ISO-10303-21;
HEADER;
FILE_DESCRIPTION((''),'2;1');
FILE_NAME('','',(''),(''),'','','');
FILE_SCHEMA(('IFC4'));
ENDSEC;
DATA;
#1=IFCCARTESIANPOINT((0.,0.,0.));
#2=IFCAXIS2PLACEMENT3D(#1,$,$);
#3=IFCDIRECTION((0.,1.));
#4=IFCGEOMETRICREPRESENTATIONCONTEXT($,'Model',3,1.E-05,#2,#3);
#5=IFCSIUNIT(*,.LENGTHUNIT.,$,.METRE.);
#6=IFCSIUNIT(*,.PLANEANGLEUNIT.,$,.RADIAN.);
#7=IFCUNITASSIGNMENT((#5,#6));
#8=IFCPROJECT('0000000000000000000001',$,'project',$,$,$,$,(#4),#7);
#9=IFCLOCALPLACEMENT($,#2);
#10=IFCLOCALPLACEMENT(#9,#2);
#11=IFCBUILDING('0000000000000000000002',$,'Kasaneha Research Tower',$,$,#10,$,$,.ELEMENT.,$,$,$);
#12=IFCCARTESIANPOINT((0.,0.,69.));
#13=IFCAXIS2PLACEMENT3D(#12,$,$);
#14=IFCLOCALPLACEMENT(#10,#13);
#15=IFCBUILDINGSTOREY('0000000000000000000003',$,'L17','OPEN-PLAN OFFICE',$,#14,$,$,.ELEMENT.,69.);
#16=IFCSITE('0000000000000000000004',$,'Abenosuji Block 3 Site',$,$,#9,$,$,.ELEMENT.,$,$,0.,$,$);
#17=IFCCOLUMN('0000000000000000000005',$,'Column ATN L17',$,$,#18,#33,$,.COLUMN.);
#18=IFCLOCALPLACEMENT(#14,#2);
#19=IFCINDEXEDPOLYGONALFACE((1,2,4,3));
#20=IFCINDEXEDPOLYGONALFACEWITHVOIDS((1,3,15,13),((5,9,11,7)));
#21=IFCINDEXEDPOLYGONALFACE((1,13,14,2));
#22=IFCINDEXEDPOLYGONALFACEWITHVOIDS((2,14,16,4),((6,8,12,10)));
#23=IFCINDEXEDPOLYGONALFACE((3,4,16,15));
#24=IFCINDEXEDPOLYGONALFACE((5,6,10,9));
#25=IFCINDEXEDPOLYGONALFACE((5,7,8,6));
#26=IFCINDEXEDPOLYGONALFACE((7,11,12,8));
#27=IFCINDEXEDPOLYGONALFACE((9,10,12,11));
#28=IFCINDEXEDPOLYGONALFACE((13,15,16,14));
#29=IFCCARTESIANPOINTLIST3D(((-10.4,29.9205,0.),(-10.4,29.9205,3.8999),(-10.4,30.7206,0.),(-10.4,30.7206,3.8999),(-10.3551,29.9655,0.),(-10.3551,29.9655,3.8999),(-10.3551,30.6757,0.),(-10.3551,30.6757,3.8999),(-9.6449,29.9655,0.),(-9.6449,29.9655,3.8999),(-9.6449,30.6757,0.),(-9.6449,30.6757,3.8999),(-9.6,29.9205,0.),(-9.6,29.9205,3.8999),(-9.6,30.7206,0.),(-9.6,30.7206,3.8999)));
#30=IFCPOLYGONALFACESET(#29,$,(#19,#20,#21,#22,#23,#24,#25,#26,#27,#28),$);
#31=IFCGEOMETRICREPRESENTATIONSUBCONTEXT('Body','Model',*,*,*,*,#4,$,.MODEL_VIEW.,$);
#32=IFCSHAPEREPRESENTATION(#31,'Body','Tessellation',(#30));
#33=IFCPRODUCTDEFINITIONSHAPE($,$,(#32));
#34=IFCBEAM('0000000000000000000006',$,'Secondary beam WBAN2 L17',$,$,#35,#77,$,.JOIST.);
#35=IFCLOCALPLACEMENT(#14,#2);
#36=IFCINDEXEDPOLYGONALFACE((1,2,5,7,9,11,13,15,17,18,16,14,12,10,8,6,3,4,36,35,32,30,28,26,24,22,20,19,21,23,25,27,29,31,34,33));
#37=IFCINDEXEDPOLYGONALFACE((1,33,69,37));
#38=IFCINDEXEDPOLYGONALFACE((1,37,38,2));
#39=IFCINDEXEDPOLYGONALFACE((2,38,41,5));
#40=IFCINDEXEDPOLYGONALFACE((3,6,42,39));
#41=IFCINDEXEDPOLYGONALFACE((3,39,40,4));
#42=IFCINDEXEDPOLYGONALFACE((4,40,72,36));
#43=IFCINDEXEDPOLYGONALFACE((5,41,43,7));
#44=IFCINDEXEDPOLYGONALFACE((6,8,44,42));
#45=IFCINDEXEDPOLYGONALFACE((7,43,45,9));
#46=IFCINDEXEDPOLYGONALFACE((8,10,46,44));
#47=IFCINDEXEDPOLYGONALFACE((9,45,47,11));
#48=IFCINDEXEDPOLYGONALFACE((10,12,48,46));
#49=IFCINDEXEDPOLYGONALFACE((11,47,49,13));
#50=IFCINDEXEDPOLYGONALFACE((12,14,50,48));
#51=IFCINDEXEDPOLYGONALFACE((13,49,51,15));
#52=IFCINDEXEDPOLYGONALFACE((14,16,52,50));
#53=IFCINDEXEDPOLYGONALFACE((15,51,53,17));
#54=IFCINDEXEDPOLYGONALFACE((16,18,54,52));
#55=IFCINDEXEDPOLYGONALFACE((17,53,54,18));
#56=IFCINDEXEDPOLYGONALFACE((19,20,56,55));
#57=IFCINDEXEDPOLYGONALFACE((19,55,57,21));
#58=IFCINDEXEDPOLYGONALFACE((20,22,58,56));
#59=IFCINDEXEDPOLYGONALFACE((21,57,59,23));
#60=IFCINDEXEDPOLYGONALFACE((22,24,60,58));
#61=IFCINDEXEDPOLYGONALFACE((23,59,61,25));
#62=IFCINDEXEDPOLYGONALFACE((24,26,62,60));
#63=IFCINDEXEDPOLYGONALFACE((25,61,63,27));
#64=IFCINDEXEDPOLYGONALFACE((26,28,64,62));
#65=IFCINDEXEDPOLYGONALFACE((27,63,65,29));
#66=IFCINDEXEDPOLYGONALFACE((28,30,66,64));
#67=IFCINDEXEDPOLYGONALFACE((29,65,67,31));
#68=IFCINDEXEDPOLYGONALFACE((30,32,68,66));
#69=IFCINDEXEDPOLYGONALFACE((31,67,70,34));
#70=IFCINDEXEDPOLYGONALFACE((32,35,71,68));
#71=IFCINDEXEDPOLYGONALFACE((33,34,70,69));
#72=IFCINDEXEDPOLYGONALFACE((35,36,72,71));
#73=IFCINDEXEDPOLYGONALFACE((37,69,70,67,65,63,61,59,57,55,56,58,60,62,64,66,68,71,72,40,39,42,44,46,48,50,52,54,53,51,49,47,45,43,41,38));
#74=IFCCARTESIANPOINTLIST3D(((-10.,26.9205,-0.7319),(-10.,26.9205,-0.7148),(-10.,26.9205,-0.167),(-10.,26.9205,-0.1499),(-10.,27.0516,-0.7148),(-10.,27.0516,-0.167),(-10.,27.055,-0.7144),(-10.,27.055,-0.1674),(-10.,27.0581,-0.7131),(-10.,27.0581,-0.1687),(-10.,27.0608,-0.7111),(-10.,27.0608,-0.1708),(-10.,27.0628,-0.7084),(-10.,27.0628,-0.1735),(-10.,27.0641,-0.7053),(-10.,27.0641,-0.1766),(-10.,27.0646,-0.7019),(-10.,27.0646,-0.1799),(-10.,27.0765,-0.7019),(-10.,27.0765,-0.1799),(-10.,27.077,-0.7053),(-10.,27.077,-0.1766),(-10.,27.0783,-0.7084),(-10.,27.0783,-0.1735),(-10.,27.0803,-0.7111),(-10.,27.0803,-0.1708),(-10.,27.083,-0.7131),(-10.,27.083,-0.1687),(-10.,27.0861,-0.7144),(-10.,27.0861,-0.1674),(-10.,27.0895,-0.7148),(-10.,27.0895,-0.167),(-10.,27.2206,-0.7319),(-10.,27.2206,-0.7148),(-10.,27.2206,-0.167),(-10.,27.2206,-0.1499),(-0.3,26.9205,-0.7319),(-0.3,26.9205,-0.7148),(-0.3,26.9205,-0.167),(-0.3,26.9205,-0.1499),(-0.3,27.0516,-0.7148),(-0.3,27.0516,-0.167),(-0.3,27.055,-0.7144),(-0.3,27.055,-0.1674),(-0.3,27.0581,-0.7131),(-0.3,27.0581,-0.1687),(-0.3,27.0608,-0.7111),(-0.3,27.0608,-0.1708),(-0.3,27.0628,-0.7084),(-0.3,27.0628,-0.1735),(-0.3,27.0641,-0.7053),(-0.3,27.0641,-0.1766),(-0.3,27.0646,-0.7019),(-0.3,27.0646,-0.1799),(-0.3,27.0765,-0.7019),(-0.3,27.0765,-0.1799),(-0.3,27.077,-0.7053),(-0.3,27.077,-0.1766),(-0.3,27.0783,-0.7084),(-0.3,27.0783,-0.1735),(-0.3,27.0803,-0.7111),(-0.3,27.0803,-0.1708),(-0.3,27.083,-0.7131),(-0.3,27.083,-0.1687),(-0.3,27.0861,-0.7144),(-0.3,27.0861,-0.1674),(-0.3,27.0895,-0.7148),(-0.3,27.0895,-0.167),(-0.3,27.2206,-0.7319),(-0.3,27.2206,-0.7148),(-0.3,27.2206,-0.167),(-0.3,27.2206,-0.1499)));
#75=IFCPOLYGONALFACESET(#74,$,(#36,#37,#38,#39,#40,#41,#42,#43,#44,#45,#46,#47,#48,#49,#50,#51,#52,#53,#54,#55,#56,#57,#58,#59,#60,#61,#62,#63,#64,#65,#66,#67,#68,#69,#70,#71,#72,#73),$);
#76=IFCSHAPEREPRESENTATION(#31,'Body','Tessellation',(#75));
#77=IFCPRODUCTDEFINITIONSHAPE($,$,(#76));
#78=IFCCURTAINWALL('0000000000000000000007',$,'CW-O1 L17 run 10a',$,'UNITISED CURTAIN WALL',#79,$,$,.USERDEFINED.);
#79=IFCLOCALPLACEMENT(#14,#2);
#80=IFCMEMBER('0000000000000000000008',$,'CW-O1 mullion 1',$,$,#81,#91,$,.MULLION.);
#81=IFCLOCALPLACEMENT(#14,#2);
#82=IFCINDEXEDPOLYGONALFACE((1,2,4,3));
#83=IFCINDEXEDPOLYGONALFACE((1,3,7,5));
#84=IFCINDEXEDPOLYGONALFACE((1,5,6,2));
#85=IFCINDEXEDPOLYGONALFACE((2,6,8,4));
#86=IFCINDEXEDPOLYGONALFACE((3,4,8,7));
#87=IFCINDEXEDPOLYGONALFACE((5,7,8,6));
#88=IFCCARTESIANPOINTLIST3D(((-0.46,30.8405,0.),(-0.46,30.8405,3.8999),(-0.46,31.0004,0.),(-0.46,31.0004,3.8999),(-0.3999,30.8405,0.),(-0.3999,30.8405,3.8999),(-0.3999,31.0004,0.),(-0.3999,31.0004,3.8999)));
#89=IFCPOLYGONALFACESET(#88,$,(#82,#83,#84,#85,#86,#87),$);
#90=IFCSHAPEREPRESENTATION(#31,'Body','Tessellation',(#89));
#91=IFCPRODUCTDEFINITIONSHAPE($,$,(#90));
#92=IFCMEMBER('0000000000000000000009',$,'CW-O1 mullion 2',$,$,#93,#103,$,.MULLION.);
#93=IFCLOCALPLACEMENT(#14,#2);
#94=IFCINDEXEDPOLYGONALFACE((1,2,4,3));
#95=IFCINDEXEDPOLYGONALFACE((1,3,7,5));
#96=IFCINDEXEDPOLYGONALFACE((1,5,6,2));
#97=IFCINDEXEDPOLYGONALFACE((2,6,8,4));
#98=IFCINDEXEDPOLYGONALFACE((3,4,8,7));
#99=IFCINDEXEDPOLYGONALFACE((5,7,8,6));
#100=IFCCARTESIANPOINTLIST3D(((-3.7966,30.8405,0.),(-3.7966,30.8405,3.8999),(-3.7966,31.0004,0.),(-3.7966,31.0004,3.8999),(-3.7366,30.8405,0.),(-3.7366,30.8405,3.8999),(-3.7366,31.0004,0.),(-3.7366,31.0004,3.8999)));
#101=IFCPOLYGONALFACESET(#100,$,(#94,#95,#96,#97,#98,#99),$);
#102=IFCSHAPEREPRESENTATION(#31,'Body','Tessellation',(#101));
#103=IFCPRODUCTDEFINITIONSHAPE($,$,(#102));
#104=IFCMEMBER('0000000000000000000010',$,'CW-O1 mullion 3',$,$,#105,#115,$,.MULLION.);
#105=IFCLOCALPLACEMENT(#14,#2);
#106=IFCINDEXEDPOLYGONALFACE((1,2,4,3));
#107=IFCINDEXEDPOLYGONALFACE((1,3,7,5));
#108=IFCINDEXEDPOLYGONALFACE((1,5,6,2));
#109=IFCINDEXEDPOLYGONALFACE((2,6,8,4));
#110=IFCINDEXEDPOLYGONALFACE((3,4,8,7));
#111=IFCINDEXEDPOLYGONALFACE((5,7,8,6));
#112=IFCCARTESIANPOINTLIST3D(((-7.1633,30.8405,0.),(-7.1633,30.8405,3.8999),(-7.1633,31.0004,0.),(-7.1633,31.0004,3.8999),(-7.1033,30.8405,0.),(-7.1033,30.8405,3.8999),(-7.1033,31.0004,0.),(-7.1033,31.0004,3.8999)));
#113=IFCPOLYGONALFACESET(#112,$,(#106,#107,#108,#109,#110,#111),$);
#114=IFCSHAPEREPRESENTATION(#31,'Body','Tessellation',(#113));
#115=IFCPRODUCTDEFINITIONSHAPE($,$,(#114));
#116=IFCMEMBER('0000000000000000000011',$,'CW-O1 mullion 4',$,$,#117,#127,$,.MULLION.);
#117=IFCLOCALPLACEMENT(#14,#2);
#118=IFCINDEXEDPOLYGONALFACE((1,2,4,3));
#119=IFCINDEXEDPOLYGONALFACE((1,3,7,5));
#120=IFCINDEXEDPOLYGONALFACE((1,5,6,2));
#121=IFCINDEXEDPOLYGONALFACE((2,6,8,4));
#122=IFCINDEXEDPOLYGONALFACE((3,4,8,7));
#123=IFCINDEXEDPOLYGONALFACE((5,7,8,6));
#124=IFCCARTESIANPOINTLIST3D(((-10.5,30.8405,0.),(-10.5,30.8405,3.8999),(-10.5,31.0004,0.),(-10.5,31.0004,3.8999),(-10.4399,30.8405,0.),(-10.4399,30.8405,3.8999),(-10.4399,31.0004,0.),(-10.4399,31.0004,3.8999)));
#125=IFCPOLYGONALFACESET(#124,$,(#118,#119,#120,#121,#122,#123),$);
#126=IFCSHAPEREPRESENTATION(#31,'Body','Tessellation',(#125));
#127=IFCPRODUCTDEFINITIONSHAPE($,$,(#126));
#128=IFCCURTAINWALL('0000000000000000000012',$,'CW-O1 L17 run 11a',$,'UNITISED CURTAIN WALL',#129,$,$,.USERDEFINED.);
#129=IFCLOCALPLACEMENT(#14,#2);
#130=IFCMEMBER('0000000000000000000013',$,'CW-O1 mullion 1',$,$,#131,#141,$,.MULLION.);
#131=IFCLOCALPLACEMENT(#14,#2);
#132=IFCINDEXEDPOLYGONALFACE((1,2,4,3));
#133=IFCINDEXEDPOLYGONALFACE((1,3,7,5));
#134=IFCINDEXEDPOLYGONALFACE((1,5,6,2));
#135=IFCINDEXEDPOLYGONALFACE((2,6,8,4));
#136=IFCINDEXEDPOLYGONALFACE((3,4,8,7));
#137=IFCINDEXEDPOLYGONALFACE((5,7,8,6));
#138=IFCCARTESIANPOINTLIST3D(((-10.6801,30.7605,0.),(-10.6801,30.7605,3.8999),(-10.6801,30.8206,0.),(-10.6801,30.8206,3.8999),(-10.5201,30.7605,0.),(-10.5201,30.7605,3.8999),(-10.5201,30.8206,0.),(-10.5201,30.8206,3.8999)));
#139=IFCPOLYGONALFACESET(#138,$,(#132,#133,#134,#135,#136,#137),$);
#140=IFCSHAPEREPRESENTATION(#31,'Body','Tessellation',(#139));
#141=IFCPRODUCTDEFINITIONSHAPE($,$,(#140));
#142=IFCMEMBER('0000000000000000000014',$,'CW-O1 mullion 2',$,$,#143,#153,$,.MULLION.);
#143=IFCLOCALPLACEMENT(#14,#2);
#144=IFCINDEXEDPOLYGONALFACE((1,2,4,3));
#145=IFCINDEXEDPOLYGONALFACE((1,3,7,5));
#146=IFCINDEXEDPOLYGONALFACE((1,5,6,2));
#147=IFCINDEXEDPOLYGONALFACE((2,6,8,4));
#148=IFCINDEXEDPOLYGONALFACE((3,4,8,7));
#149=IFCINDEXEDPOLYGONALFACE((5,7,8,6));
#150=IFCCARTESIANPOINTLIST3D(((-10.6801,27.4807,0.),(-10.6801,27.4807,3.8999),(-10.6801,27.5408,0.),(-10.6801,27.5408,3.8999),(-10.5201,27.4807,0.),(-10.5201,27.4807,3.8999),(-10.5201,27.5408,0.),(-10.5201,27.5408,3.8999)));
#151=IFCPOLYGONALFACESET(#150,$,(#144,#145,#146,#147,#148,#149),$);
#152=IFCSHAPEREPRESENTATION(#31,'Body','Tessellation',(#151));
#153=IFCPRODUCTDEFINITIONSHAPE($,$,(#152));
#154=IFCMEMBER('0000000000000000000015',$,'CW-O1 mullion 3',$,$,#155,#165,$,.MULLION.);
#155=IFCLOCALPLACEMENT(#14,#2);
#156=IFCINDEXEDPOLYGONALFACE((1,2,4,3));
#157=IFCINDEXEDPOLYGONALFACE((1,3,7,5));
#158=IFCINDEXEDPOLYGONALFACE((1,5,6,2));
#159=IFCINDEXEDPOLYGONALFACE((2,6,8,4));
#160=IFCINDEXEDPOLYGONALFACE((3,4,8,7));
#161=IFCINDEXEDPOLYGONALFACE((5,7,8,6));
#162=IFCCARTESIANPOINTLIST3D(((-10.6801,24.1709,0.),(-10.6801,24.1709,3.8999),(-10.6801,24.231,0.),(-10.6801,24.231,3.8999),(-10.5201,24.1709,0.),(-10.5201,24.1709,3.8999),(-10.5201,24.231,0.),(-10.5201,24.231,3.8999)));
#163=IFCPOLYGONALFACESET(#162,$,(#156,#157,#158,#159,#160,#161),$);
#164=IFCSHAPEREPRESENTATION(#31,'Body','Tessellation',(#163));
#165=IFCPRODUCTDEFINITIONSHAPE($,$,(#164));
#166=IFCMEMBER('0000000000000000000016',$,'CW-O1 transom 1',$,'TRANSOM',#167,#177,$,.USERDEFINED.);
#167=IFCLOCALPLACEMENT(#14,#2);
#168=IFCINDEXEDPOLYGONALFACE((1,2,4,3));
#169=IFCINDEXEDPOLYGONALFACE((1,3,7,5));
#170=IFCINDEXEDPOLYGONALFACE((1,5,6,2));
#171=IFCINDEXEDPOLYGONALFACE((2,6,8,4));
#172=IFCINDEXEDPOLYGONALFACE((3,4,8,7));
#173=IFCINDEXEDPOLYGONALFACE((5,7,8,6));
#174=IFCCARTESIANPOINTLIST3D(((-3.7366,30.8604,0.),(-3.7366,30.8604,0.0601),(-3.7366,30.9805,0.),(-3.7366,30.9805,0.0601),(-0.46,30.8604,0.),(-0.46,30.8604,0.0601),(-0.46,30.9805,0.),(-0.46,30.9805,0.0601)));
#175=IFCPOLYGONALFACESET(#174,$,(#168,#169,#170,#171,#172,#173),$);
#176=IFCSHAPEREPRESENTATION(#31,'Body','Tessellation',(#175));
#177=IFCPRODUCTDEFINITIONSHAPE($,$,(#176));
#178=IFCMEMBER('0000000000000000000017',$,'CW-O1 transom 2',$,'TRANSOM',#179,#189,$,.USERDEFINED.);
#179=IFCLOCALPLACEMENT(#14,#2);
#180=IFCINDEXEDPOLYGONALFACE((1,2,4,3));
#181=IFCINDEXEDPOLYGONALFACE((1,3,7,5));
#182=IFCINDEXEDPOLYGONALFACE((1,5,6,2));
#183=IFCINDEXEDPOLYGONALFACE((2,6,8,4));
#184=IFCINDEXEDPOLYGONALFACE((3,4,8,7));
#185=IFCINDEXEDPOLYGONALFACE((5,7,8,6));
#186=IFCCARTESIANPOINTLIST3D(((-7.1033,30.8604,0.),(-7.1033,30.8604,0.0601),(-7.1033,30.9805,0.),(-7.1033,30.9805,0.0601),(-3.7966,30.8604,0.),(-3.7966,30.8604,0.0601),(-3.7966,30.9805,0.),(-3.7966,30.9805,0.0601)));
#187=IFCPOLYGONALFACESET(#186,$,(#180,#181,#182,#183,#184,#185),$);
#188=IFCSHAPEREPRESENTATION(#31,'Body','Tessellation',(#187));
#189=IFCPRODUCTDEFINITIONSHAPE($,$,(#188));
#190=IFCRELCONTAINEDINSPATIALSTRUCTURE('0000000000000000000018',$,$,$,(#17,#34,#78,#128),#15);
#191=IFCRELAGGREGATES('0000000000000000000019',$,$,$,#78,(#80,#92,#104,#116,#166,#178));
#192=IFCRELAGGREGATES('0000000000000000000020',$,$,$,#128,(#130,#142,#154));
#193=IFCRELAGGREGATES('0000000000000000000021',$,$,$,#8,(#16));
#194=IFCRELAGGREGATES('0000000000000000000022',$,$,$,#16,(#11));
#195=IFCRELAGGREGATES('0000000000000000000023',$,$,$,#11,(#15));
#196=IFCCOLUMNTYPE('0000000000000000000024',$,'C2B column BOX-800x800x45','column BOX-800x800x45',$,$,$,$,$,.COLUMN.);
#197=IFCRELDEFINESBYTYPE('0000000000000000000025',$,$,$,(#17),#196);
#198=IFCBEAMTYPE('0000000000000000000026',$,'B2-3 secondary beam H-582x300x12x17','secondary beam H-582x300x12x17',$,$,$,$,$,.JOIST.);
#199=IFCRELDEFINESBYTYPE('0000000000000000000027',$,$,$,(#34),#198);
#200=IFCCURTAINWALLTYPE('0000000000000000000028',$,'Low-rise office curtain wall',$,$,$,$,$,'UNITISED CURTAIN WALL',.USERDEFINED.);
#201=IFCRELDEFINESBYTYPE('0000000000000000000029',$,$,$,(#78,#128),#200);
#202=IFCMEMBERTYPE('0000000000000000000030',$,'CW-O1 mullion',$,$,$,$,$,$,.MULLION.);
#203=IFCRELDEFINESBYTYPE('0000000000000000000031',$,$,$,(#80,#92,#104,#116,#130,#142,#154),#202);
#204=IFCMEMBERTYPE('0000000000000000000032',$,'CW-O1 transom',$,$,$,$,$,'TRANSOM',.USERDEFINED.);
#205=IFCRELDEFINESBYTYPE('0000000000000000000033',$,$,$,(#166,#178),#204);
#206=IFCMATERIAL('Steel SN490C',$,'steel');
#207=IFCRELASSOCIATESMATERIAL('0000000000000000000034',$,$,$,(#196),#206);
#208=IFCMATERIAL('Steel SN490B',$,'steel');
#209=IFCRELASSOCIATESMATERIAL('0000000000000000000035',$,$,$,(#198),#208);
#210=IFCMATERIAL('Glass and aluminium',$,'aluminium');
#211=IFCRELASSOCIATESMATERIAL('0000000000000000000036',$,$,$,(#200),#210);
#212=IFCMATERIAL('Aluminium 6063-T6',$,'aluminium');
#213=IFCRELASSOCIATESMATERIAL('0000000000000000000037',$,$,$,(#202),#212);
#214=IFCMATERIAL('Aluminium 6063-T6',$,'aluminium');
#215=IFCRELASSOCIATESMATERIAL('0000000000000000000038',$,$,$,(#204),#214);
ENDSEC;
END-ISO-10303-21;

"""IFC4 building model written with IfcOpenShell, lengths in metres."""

from ifc_helpers import new_model, si_unit, direction, frame, origin, origin_2d, place, context, subcontext, project, spatial, rectangle, hollow_rectangle, i_section, extrude, material, material_profile, profile_set, type_object, element, aggregate, save


model = new_model("IFC4")

# Units and contexts
model_context = context("Model", 3, precision=1e-05, world=origin(), true_north=direction((0.0, 1.0)))
body_context = subcontext(model_context, "Body", "Model", "MODEL_VIEW")
ifc_project = project(units=[si_unit("LENGTHUNIT", "METRE"), si_unit("PLANEANGLEUNIT", "RADIAN")], contexts=[model_context])

# Site, building, storey
site_placement = place(None, origin())
site = spatial("IfcSite", under=ifc_project, at=site_placement, Name="Abenosuji Block 3 Site", CompositionType="ELEMENT", RefElevation=0.0)
building_placement = place(site_placement, origin())
building = spatial("IfcBuilding", under=site, at=building_placement, Name="Kasaneha Research Tower", CompositionType="ELEMENT")
storey_placement = place(building_placement, frame((0.0, 0.0, 69.0)))
storey = spatial("IfcBuildingStorey", under=building, at=storey_placement, Name="L17", Description="OPEN-PLAN OFFICE", CompositionType="ELEMENT", Elevation=69.0)

# Column
ifc_material_1 = material(Name="Steel SN490C", Category="steel")
ifc_material_profile_1 = material_profile(ifc_material_1, hollow_rectangle(XDim=0.8, YDim=0.8, WallThickness=0.0449, at=origin_2d()), Name="BOX-800x800x45")
ifc_profile_set_1 = profile_set([ifc_material_profile_1], Name="Steel SN490C")
column_type = type_object("IfcColumnType", Name="C2B column BOX-800x800x45", Description="column BOX-800x800x45", PredefinedType="COLUMN", material=ifc_profile_set_1)
column_placement = place(storey_placement, frame((-10.0, 30.3206, 0.0), z_axis=(0.0, 0.0, 1.0), x_axis=(1.0, 0.0, 0.0)))
element("IfcColumn", 1, at=column_placement, inside=storey, type_object=column_type, Name="Column ATN L17", PredefinedType="COLUMN", context=body_context, shape_type="SweptSolid", body=[
    extrude(hollow_rectangle(XDim=0.8, YDim=0.8, WallThickness=0.0449, at=origin_2d()), origin(), (0.0, 0.0, 1.0), 3.8999),
])

# Beam
ifc_material_2 = material(Name="Steel SN490B", Category="steel")
ifc_material_profile_2 = material_profile(ifc_material_2, i_section(OverallWidth=0.3, OverallDepth=0.582, WebThickness=0.012, FlangeThickness=0.0171, FilletRadius=0.0129, at=origin_2d()), Name="H-582x300x12x17")
ifc_profile_set_2 = profile_set([ifc_material_profile_2], Name="Steel SN490B")
beam_type_1 = type_object("IfcBeamType", Name="B2-3 secondary beam H-582x300x12x17", Description="secondary beam H-582x300x12x17", PredefinedType="JOIST", material=ifc_profile_set_2)
beam_1_placement = place(storey_placement, frame((-10.0, 27.0706, -0.4409), z_axis=(1.0, 0.0, 0.0), x_axis=(0.0, 1.0, 0.0)))
element("IfcBeam", 2, at=beam_1_placement, inside=storey, type_object=beam_type_1, Name="Secondary beam WBAN2 L17", PredefinedType="JOIST", context=body_context, shape_type="SweptSolid", body=[
    extrude(i_section(OverallWidth=0.3, OverallDepth=0.582, WebThickness=0.012, FlangeThickness=0.0171, FilletRadius=0.0129, at=origin_2d()), origin(), (0.0, 0.0, 1.0), 9.7),
])

# Curtain walls, members
ifc_material_3 = material(Name="Glass and aluminium", Category="aluminium")
curtain_wall_type = type_object("IfcCurtainWallType", Name="Low-rise office curtain wall", ElementType="UNITISED CURTAIN WALL", PredefinedType="USERDEFINED", material=ifc_material_3)
curtain_wall_1_placement = place(storey_placement, origin())
curtain_wall_1 = element("IfcCurtainWall", 3, at=curtain_wall_1_placement, inside=storey, type_object=curtain_wall_type, Name="CW-O1 L17 run 10a", ObjectType="UNITISED CURTAIN WALL", PredefinedType="USERDEFINED")
ifc_material_4 = material(Name="Aluminium 6063-T6", Category="aluminium")
ifc_material_profile_3 = material_profile(ifc_material_4, rectangle(XDim=0.0601, YDim=0.1599, at=origin_2d()), Name="CW-O1 mullion 60x160")
ifc_profile_set_3 = profile_set([ifc_material_profile_3], Name="Aluminium 6063-T6")
member_type_1 = type_object("IfcMemberType", Name="CW-O1 mullion", PredefinedType="MULLION", material=ifc_profile_set_3)
member_1_placement = place(storey_placement, frame((-0.4299, 30.9204, 0.0), z_axis=(0.0, 0.0, 1.0), x_axis=(-1.0, 0.0, 0.0)))
member_1 = element("IfcMember", 4, at=member_1_placement, type_object=member_type_1, Name="CW-O1 mullion 1", PredefinedType="MULLION", context=body_context, shape_type="SweptSolid", body=[
    extrude(rectangle(XDim=0.0601, YDim=0.1599, at=origin_2d()), origin(), (0.0, 0.0, 1.0), 3.8999),
])
member_2_placement = place(storey_placement, frame((-3.7666, 30.9204, 0.0), z_axis=(0.0, 0.0, 1.0), x_axis=(-1.0, 0.0, 0.0)))
member_2 = element("IfcMember", 5, at=member_2_placement, type_object=member_type_1, Name="CW-O1 mullion 2", PredefinedType="MULLION", context=body_context, shape_type="SweptSolid", body=[
    extrude(rectangle(XDim=0.0601, YDim=0.1599, at=origin_2d()), origin(), (0.0, 0.0, 1.0), 3.8999),
])
member_3_placement = place(storey_placement, frame((-7.1333, 30.9204, 0.0), z_axis=(0.0, 0.0, 1.0), x_axis=(-1.0, 0.0, 0.0)))
member_3 = element("IfcMember", 6, at=member_3_placement, type_object=member_type_1, Name="CW-O1 mullion 3", PredefinedType="MULLION", context=body_context, shape_type="SweptSolid", body=[
    extrude(rectangle(XDim=0.0601, YDim=0.1599, at=origin_2d()), origin(), (0.0, 0.0, 1.0), 3.8999),
])
member_4_placement = place(storey_placement, frame((-10.47, 30.9204, 0.0), z_axis=(0.0, 0.0, 1.0), x_axis=(-1.0, 0.0, 0.0)))
member_4 = element("IfcMember", 7, at=member_4_placement, type_object=member_type_1, Name="CW-O1 mullion 4", PredefinedType="MULLION", context=body_context, shape_type="SweptSolid", body=[
    extrude(rectangle(XDim=0.0601, YDim=0.1599, at=origin_2d()), origin(), (0.0, 0.0, 1.0), 3.8999),
])
curtain_wall_2_placement = place(storey_placement, origin())
curtain_wall_2 = element("IfcCurtainWall", 8, at=curtain_wall_2_placement, inside=storey, type_object=curtain_wall_type, Name="CW-O1 L17 run 11a", ObjectType="UNITISED CURTAIN WALL", PredefinedType="USERDEFINED")
member_5_placement = place(storey_placement, frame((-10.6001, 30.7905, 0.0), z_axis=(0.0, 0.0, 1.0), x_axis=(0.0, -1.0, 0.0)))
member_5 = element("IfcMember", 9, at=member_5_placement, type_object=member_type_1, Name="CW-O1 mullion 1", PredefinedType="MULLION", context=body_context, shape_type="SweptSolid", body=[
    extrude(rectangle(XDim=0.0601, YDim=0.1599, at=origin_2d()), origin(), (0.0, 0.0, 1.0), 3.8999),
])
member_6_placement = place(storey_placement, frame((-10.6001, 27.5107, 0.0), z_axis=(0.0, 0.0, 1.0), x_axis=(0.0, -1.0, 0.0)))
member_6 = element("IfcMember", 10, at=member_6_placement, type_object=member_type_1, Name="CW-O1 mullion 2", PredefinedType="MULLION", context=body_context, shape_type="SweptSolid", body=[
    extrude(rectangle(XDim=0.0601, YDim=0.1599, at=origin_2d()), origin(), (0.0, 0.0, 1.0), 3.8999),
])
member_7_placement = place(storey_placement, frame((-10.6001, 24.2009, 0.0), z_axis=(0.0, 0.0, 1.0), x_axis=(0.0, -1.0, 0.0)))
member_7 = element("IfcMember", 11, at=member_7_placement, type_object=member_type_1, Name="CW-O1 mullion 3", PredefinedType="MULLION", context=body_context, shape_type="SweptSolid", body=[
    extrude(rectangle(XDim=0.0601, YDim=0.1599, at=origin_2d()), origin(), (0.0, 0.0, 1.0), 3.8999),
])

# Members
ifc_material_5 = material(Name="Aluminium 6063-T6", Category="aluminium")
ifc_material_profile_4 = material_profile(ifc_material_5, rectangle(XDim=0.1201, YDim=0.0601, at=origin_2d()), Name="CW-O1 transom 120x60")
ifc_profile_set_4 = profile_set([ifc_material_profile_4], Name="Aluminium 6063-T6")
member_type_2 = type_object("IfcMemberType", Name="CW-O1 transom", ElementType="TRANSOM", PredefinedType="USERDEFINED", material=ifc_profile_set_4)
member_8_placement = place(storey_placement, frame((-0.46, 30.9204, 0.03), z_axis=(-1.0, 0.0, 0.0), x_axis=(0.0, -1.0, 0.0)))
member_8 = element("IfcMember", 12, at=member_8_placement, type_object=member_type_2, Name="CW-O1 transom 1", ObjectType="TRANSOM", PredefinedType="USERDEFINED", context=body_context, shape_type="SweptSolid", body=[
    extrude(rectangle(XDim=0.1201, YDim=0.0601, at=origin_2d()), origin(), (0.0, 0.0, 1.0), 3.2766),
])
member_9_placement = place(storey_placement, frame((-3.7966, 30.9204, 0.03), z_axis=(-1.0, 0.0, 0.0), x_axis=(0.0, -1.0, 0.0)))
member_9 = element("IfcMember", 13, at=member_9_placement, type_object=member_type_2, Name="CW-O1 transom 2", ObjectType="TRANSOM", PredefinedType="USERDEFINED", context=body_context, shape_type="SweptSolid", body=[
    extrude(rectangle(XDim=0.1201, YDim=0.0601, at=origin_2d()), origin(), (0.0, 0.0, 1.0), 3.3066),
])

aggregate(curtain_wall_1, [member_1, member_2, member_3, member_4, member_8, member_9])
aggregate(curtain_wall_2, [member_5, member_6, member_7])

save(model, "model.ifc")
